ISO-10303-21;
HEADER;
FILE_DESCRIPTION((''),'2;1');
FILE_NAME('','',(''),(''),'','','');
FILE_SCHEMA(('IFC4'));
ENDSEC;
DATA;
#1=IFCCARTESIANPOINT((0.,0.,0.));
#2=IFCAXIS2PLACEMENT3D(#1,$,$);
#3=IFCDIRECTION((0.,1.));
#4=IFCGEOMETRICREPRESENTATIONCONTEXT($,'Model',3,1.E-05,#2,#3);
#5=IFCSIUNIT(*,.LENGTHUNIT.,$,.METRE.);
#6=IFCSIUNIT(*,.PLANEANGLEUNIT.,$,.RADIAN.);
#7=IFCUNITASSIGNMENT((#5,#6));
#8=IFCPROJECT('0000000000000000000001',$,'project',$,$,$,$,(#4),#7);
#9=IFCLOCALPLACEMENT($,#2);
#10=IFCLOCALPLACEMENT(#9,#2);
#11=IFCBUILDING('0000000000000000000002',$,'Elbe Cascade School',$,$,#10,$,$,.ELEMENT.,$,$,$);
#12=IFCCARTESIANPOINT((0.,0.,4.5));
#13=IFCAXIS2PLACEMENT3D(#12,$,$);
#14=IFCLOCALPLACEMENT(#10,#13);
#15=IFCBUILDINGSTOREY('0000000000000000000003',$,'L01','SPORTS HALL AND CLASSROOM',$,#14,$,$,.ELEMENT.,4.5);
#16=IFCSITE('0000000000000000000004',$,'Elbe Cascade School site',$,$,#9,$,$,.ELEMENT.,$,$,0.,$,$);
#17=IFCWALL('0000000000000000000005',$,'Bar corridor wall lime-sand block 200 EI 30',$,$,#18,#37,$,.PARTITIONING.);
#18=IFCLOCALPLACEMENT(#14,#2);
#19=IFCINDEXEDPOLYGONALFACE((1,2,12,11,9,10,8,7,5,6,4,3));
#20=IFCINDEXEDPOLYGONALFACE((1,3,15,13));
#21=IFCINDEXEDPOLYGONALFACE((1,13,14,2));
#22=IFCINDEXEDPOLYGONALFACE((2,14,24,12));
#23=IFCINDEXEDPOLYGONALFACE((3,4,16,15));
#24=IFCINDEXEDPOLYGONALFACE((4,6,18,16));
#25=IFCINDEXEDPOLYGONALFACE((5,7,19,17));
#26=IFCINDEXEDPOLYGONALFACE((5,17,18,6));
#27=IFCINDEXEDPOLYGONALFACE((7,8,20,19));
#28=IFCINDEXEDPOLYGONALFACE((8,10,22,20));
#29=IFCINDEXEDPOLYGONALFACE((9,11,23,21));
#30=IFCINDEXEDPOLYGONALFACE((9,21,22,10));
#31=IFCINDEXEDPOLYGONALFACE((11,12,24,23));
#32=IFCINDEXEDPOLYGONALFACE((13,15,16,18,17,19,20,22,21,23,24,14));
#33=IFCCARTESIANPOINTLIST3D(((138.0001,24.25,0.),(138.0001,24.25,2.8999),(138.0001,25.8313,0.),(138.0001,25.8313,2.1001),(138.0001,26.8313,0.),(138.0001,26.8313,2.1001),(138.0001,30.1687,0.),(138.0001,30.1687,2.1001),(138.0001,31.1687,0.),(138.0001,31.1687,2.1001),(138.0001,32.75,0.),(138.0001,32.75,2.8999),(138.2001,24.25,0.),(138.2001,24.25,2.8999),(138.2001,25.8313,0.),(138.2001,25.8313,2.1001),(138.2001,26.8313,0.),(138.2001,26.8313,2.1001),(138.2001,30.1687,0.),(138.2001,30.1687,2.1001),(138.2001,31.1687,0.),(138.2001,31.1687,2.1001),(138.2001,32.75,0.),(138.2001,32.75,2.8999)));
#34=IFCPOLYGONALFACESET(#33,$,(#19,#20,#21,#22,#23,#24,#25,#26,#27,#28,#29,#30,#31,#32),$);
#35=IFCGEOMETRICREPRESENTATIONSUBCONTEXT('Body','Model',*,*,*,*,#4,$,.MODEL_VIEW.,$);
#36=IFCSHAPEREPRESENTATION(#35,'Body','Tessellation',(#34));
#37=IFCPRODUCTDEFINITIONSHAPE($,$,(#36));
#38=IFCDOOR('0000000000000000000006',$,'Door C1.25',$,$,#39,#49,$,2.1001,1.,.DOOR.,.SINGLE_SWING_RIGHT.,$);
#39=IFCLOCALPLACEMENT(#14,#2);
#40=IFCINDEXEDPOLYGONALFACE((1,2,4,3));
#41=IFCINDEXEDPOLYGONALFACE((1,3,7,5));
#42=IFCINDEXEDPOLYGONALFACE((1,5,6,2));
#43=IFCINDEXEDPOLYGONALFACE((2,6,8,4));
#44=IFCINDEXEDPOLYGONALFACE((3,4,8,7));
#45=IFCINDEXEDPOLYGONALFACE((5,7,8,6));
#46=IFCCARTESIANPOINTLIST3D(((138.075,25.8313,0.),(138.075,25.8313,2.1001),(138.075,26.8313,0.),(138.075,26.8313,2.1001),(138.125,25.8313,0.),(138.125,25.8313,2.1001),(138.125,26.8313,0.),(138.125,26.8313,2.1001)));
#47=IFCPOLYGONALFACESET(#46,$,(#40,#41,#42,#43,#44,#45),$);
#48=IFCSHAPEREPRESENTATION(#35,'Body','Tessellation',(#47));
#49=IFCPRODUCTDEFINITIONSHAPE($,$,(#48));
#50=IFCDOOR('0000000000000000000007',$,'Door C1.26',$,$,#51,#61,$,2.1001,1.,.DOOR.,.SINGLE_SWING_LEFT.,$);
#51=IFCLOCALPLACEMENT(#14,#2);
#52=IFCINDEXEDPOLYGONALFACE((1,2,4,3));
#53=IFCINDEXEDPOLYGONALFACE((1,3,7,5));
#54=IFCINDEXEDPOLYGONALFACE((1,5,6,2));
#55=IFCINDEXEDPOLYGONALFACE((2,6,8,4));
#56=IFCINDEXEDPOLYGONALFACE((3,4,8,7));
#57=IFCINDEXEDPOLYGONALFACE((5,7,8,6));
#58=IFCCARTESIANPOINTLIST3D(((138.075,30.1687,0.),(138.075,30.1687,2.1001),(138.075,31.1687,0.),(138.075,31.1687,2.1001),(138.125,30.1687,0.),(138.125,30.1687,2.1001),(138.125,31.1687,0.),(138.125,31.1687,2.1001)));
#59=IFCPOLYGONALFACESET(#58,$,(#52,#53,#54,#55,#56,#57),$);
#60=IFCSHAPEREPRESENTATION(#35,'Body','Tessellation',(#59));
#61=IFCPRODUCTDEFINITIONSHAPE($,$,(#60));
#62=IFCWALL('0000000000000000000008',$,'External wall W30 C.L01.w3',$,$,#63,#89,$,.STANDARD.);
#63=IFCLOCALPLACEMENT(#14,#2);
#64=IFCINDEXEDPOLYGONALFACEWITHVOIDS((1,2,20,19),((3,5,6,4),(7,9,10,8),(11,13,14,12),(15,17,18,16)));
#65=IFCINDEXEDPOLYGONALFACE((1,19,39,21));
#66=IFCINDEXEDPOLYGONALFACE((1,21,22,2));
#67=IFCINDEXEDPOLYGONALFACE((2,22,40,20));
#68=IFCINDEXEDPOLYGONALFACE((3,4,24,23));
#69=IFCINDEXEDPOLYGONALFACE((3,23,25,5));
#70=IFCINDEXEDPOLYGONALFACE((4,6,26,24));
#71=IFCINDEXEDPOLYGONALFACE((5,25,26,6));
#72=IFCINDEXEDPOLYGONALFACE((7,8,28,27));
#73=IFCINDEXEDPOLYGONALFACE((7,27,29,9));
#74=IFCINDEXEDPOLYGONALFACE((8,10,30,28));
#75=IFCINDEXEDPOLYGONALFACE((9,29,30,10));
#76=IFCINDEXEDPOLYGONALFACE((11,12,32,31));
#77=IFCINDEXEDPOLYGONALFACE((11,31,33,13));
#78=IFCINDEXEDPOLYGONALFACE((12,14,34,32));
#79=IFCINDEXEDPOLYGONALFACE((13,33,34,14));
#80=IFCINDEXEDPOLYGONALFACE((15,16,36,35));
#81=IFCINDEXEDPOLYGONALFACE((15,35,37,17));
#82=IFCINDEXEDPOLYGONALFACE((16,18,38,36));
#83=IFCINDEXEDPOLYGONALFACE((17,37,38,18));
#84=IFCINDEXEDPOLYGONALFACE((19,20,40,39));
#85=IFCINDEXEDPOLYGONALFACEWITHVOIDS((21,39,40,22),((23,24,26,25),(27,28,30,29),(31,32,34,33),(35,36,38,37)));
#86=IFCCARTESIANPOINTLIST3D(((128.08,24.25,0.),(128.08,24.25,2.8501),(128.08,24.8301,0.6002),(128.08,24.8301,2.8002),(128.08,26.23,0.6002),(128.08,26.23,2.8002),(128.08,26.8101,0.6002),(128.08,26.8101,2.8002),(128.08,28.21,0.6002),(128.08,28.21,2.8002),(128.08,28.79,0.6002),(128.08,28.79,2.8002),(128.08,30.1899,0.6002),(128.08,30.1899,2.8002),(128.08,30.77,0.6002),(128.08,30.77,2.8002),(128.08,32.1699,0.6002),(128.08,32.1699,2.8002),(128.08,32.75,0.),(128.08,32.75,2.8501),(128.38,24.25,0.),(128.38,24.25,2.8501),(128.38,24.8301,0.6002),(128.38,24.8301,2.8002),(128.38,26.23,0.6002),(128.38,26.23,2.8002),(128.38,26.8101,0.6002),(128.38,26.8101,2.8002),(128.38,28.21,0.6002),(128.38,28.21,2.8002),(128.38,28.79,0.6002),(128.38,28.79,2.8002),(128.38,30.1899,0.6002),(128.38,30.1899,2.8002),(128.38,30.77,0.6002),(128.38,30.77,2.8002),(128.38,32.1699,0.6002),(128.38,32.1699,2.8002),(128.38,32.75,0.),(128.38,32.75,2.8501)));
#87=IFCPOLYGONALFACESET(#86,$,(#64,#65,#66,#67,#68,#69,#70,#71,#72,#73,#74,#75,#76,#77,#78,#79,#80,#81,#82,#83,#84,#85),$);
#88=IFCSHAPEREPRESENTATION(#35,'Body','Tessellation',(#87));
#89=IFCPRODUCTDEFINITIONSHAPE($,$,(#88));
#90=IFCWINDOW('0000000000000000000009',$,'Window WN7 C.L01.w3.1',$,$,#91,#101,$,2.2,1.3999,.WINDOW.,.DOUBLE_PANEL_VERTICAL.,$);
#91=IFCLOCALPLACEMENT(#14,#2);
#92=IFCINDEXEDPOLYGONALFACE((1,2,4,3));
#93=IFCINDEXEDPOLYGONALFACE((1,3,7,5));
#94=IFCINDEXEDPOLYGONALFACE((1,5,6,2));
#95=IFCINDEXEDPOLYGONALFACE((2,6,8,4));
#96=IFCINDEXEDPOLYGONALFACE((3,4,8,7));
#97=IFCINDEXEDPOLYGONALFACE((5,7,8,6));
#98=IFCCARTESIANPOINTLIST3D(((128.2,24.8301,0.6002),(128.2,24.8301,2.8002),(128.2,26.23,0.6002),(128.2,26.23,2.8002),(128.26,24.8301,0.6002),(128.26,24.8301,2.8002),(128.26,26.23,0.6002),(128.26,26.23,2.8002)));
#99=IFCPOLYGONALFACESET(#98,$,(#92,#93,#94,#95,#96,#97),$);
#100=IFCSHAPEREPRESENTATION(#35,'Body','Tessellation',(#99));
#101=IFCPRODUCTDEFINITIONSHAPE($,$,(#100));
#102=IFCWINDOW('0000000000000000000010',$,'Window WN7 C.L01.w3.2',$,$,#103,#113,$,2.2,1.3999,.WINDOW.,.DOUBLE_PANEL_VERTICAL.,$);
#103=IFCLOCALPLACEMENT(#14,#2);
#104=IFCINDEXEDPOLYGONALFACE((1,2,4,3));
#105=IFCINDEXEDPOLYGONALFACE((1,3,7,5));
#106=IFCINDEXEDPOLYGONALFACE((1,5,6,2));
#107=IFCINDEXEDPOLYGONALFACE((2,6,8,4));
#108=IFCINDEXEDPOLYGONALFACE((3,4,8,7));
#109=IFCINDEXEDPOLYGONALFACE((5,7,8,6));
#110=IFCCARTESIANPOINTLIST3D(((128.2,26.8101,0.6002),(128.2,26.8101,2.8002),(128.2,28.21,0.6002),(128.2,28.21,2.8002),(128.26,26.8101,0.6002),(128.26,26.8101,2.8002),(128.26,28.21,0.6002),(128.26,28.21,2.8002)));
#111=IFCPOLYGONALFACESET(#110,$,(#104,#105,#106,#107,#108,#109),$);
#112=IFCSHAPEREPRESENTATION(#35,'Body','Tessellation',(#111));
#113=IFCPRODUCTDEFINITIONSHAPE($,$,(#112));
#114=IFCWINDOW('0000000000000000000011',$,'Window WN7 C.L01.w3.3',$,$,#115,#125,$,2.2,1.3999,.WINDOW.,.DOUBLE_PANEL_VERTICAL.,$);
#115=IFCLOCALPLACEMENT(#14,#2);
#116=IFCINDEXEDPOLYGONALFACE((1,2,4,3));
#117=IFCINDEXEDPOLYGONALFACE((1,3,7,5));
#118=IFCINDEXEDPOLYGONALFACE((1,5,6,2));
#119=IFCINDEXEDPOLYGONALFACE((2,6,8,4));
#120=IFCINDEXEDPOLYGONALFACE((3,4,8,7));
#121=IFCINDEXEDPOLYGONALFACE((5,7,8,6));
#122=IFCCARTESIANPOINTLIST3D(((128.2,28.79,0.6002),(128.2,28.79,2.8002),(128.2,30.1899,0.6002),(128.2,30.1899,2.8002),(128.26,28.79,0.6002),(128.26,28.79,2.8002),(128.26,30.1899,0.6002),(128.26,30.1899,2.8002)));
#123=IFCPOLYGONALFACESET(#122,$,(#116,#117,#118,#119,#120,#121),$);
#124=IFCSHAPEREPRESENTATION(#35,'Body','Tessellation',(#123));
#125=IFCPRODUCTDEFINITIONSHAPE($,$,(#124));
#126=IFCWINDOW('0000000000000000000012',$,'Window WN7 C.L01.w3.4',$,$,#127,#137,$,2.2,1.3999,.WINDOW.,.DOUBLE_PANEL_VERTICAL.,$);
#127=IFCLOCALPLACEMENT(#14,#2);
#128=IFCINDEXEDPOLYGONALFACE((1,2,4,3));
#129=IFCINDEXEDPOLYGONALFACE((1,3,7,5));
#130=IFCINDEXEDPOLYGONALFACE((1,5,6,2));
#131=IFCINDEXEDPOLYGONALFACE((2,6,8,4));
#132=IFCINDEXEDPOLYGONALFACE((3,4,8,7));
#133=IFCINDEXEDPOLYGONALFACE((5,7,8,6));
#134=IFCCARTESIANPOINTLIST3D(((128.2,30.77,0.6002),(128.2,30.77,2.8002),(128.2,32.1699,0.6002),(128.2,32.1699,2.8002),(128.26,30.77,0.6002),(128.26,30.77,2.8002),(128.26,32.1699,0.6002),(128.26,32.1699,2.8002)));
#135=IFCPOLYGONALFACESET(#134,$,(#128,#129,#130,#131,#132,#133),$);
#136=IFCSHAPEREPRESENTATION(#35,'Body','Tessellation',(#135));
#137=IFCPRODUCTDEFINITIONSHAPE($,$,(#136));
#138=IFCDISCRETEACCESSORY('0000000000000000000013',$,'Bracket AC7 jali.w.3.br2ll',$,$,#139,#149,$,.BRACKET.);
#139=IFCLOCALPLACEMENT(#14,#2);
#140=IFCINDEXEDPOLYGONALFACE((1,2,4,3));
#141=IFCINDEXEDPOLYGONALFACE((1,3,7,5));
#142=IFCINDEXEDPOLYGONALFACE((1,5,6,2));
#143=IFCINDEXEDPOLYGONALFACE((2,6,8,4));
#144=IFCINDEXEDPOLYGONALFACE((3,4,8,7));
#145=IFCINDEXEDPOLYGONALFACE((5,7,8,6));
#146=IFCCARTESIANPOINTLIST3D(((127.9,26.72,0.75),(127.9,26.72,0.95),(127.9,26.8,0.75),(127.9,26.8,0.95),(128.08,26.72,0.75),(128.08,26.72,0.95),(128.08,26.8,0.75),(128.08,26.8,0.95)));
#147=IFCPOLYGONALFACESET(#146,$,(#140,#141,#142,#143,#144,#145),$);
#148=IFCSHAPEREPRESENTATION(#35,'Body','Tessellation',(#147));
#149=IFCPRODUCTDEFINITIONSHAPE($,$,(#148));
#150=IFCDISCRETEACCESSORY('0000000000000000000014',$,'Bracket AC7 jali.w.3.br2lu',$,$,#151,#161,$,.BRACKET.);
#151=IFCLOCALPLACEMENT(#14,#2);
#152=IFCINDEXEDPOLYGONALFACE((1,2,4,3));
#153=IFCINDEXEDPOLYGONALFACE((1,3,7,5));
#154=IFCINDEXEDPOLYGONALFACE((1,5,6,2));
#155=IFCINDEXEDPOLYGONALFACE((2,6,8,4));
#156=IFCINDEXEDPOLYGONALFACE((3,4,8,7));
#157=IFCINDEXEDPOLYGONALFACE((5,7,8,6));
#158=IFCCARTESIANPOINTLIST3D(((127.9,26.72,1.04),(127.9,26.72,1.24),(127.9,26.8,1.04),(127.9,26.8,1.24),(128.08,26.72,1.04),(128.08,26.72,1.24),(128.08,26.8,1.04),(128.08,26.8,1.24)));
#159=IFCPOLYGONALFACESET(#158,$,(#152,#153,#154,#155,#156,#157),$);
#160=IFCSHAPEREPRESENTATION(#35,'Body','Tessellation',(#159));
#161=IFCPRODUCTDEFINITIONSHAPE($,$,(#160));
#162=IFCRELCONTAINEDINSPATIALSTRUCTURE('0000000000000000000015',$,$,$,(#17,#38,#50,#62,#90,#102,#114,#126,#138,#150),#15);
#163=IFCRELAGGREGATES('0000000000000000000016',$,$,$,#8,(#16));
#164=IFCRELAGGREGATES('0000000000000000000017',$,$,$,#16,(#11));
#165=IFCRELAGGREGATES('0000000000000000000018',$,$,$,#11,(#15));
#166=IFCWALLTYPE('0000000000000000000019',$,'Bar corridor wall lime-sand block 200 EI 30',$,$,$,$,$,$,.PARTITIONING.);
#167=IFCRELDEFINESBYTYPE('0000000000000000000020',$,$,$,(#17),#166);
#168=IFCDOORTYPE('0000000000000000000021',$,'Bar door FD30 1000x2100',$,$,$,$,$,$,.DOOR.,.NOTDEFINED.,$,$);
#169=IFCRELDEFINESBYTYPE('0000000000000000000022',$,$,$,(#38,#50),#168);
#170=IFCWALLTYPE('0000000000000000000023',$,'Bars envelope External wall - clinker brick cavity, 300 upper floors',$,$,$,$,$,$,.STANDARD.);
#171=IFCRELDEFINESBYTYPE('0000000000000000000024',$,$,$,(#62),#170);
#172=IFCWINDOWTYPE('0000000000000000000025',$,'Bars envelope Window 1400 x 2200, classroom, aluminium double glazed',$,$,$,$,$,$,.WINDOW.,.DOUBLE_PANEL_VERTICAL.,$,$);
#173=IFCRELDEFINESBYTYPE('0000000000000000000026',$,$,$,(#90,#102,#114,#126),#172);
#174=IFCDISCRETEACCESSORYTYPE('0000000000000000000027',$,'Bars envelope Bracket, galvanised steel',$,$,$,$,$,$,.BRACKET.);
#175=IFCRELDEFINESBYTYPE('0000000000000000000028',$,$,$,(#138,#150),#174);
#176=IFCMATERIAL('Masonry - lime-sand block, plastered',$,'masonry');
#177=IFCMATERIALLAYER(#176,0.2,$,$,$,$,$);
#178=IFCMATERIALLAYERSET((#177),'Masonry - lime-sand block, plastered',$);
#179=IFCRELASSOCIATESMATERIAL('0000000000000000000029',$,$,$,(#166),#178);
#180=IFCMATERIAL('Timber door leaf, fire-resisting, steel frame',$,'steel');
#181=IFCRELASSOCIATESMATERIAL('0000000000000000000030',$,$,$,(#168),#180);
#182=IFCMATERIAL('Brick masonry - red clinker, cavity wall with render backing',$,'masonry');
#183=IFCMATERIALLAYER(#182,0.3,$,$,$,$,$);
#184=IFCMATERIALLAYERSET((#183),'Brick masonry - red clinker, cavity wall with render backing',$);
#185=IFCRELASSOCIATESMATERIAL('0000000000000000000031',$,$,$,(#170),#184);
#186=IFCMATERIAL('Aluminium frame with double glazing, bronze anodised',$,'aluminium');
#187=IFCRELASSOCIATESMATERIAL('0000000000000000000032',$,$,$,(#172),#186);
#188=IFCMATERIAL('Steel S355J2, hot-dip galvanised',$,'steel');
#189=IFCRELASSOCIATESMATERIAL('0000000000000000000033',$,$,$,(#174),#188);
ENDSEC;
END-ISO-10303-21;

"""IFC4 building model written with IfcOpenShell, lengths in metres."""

from ifc_helpers import new_model, si_unit, direction, frame, frame_2d, origin, origin_2d, place, context, subcontext, project, spatial, rectangle, extrude, material, layer, layer_set, type_object, element, fill, save


model = new_model("IFC4")

# Units and contexts
model_context = context("Model", 3, precision=1e-05, world=origin(), true_north=direction((0.0, 1.0)))
body_context = subcontext(model_context, "Body", "Model", "MODEL_VIEW")
ifc_project = project(units=[si_unit("LENGTHUNIT", "METRE"), si_unit("PLANEANGLEUNIT", "RADIAN")], contexts=[model_context])

# Site, building, storey
site_placement = place(None, origin())
site = spatial("IfcSite", under=ifc_project, at=site_placement, Name="Elbe Cascade School site", CompositionType="ELEMENT", RefElevation=0.0)
building_placement = place(site_placement, origin())
building = spatial("IfcBuilding", under=site, at=building_placement, Name="Elbe Cascade School", CompositionType="ELEMENT")
storey_placement = place(building_placement, frame((0.0, 0.0, 4.5)))
storey = spatial("IfcBuildingStorey", under=building, at=storey_placement, Name="L01", Description="SPORTS HALL AND CLASSROOM", CompositionType="ELEMENT", Elevation=4.5)

# Shared definitions
ifc_material_1 = material(Name="Masonry - lime-sand block, plastered", Category="masonry")
ifc_layer_1 = layer(ifc_material_1, 0.2)
ifc_layer_set_1 = layer_set([ifc_layer_1], Name="Masonry - lime-sand block, plastered")
wall_type_1 = type_object("IfcWallType", Name="Bar corridor wall lime-sand block 200 EI 30", PredefinedType="PARTITIONING", material=ifc_layer_set_1)
ifc_material_2 = material(Name="Timber door leaf, fire-resisting, steel frame", Category="steel")
door_type = type_object("IfcDoorType", Name="Bar door FD30 1000x2100", OperationType="NOTDEFINED", PredefinedType="DOOR", material=ifc_material_2)

# Wall, openings, doors
wall_1_placement = place(storey_placement, frame((138.1001, 32.75, 0.0), z_axis=(0.0, 0.0, 1.0), x_axis=(0.0, -1.0, 0.0)))
wall_1 = element("IfcWall", 1, at=wall_1_placement, inside=storey, type_object=wall_type_1, Name="Bar corridor wall lime-sand block 200 EI 30", PredefinedType="PARTITIONING", context=body_context, shape_type="SweptSolid", body=[
    extrude(rectangle(XDim=8.5, YDim=0.2, at=frame_2d((4.25, 0.0))), origin(), (0.0, 0.0, 1.0), 2.8999),
])
opening_1_placement = place(wall_1_placement, frame((5.9187, 0.0, 0.0)))
opening_1 = element("IfcOpeningElement", 2, at=opening_1_placement, cuts=wall_1, PredefinedType="OPENING", context=body_context, shape_type="SweptSolid", body=[
    extrude(rectangle(XDim=1.0, YDim=2.1001, at=frame_2d((0.5, 1.05))), frame((0.0, 0.1099, 0.0), z_axis=(0.0, -1.0, 0.0), x_axis=(1.0, 0.0, 0.0)), (0.0, 0.0, 1.0), 0.22),
])
opening_2_placement = place(wall_1_placement, frame((1.5813, 0.0, 0.0)))
opening_2 = element("IfcOpeningElement", 3, at=opening_2_placement, cuts=wall_1, PredefinedType="OPENING", context=body_context, shape_type="SweptSolid", body=[
    extrude(rectangle(XDim=1.0, YDim=2.1001, at=frame_2d((0.5, 1.05))), frame((0.0, 0.1099, 0.0), z_axis=(0.0, -1.0, 0.0), x_axis=(1.0, 0.0, 0.0)), (0.0, 0.0, 1.0), 0.22),
])
door_1_placement = place(opening_1_placement, origin())
door_1 = element("IfcDoor", 4, at=door_1_placement, inside=storey, type_object=door_type, Name="Door C1.25", OperationType="SINGLE_SWING_RIGHT", OverallHeight=2.1001, OverallWidth=1.0, PredefinedType="DOOR", context=body_context, shape_type="SweptSolid", body=[
    extrude(rectangle(XDim=1.0, YDim=2.1001, at=frame_2d((0.5, 1.05))), frame((0.0, 0.0249, 0.0), z_axis=(0.0, -1.0, 0.0), x_axis=(1.0, 0.0, 0.0)), (0.0, 0.0, 1.0), 0.05),
])
fill(opening_1, door_1)
door_2_placement = place(opening_2_placement, origin())
door_2 = element("IfcDoor", 5, at=door_2_placement, inside=storey, type_object=door_type, Name="Door C1.26", OperationType="SINGLE_SWING_LEFT", OverallHeight=2.1001, OverallWidth=1.0, PredefinedType="DOOR", context=body_context, shape_type="SweptSolid", body=[
    extrude(rectangle(XDim=1.0, YDim=2.1001, at=frame_2d((0.5, 1.05))), frame((0.0, 0.0249, 0.0), z_axis=(0.0, -1.0, 0.0), x_axis=(1.0, 0.0, 0.0)), (0.0, 0.0, 1.0), 0.05),
])
fill(opening_2, door_2)

# Wall, openings, windows
ifc_material_3 = material(Name="Brick masonry - red clinker, cavity wall with render backing", Category="masonry")
ifc_layer_2 = layer(ifc_material_3, 0.3)
ifc_layer_set_2 = layer_set([ifc_layer_2], Name="Brick masonry - red clinker, cavity wall with render backing")
wall_type_2 = type_object("IfcWallType", Name="Bars envelope External wall - clinker brick cavity, 300 upper floors", PredefinedType="STANDARD", material=ifc_layer_set_2)
wall_2_placement = place(storey_placement, frame((128.23, 24.25, 0.0), z_axis=(0.0, 0.0, 1.0), x_axis=(0.0, 1.0, 0.0)))
wall_2 = element("IfcWall", 6, at=wall_2_placement, inside=storey, type_object=wall_type_2, Name="External wall W30 C.L01.w3", PredefinedType="STANDARD", context=body_context, shape_type="SweptSolid", body=[
    extrude(rectangle(XDim=8.5, YDim=0.3, at=frame_2d((4.25, 0.0))), origin(), (0.0, 0.0, 1.0), 2.8501),
])
opening_3_placement = place(wall_2_placement, frame((0.5801, 0.0, 0.6001)))
opening_3 = element("IfcOpeningElement", 7, at=opening_3_placement, cuts=wall_2, PredefinedType="OPENING", context=body_context, shape_type="SweptSolid", body=[
    extrude(rectangle(XDim=1.3999, YDim=2.2, at=frame_2d((0.7, 1.1001))), frame((0.0, 0.1599, 0.0), z_axis=(0.0, -1.0, 0.0), x_axis=(1.0, 0.0, 0.0)), (0.0, 0.0, 1.0), 0.3201),
])
opening_4_placement = place(wall_2_placement, frame((2.5601, 0.0, 0.6001)))
opening_4 = element("IfcOpeningElement", 8, at=opening_4_placement, cuts=wall_2, PredefinedType="OPENING", context=body_context, shape_type="SweptSolid", body=[
    extrude(rectangle(XDim=1.3999, YDim=2.2, at=frame_2d((0.7, 1.1001))), frame((0.0, 0.1599, 0.0), z_axis=(0.0, -1.0, 0.0), x_axis=(1.0, 0.0, 0.0)), (0.0, 0.0, 1.0), 0.3201),
])
opening_5_placement = place(wall_2_placement, frame((4.54, 0.0, 0.6001)))
opening_5 = element("IfcOpeningElement", 9, at=opening_5_placement, cuts=wall_2, PredefinedType="OPENING", context=body_context, shape_type="SweptSolid", body=[
    extrude(rectangle(XDim=1.3999, YDim=2.2, at=frame_2d((0.7, 1.1001))), frame((0.0, 0.1599, 0.0), z_axis=(0.0, -1.0, 0.0), x_axis=(1.0, 0.0, 0.0)), (0.0, 0.0, 1.0), 0.3201),
])
opening_6_placement = place(wall_2_placement, frame((6.52, 0.0, 0.6001)))
opening_6 = element("IfcOpeningElement", 10, at=opening_6_placement, cuts=wall_2, PredefinedType="OPENING", context=body_context, shape_type="SweptSolid", body=[
    extrude(rectangle(XDim=1.3999, YDim=2.2, at=frame_2d((0.7, 1.1001))), frame((0.0, 0.1599, 0.0), z_axis=(0.0, -1.0, 0.0), x_axis=(1.0, 0.0, 0.0)), (0.0, 0.0, 1.0), 0.3201),
])
ifc_material_4 = material(Name="Aluminium frame with double glazing, bronze anodised", Category="aluminium")
window_type = type_object("IfcWindowType", Name="Bars envelope Window 1400 x 2200, classroom, aluminium double glazed", PartitioningType="DOUBLE_PANEL_VERTICAL", PredefinedType="WINDOW", material=ifc_material_4)
window_1_placement = place(opening_3_placement, origin())
window_1 = element("IfcWindow", 11, at=window_1_placement, inside=storey, type_object=window_type, Name="Window WN7 C.L01.w3.1", OverallHeight=2.2, OverallWidth=1.3999, PartitioningType="DOUBLE_PANEL_VERTICAL", PredefinedType="WINDOW", context=body_context, shape_type="SweptSolid", body=[
    extrude(rectangle(XDim=1.3999, YDim=2.2, at=frame_2d((0.7, 1.1001))), frame((0.0, 0.03, 0.0), z_axis=(0.0, -1.0, 0.0), x_axis=(1.0, 0.0, 0.0)), (0.0, 0.0, 1.0), 0.0601),
])
fill(opening_3, window_1)
window_2_placement = place(opening_4_placement, origin())
window_2 = element("IfcWindow", 12, at=window_2_placement, inside=storey, type_object=window_type, Name="Window WN7 C.L01.w3.2", OverallHeight=2.2, OverallWidth=1.3999, PartitioningType="DOUBLE_PANEL_VERTICAL", PredefinedType="WINDOW", context=body_context, shape_type="SweptSolid", body=[
    extrude(rectangle(XDim=1.3999, YDim=2.2, at=frame_2d((0.7, 1.1001))), frame((0.0, 0.03, 0.0), z_axis=(0.0, -1.0, 0.0), x_axis=(1.0, 0.0, 0.0)), (0.0, 0.0, 1.0), 0.0601),
])
fill(opening_4, window_2)
window_3_placement = place(opening_5_placement, origin())
window_3 = element("IfcWindow", 13, at=window_3_placement, inside=storey, type_object=window_type, Name="Window WN7 C.L01.w3.3", OverallHeight=2.2, OverallWidth=1.3999, PartitioningType="DOUBLE_PANEL_VERTICAL", PredefinedType="WINDOW", context=body_context, shape_type="SweptSolid", body=[
    extrude(rectangle(XDim=1.3999, YDim=2.2, at=frame_2d((0.7, 1.1001))), frame((0.0, 0.03, 0.0), z_axis=(0.0, -1.0, 0.0), x_axis=(1.0, 0.0, 0.0)), (0.0, 0.0, 1.0), 0.0601),
])
fill(opening_5, window_3)
window_4_placement = place(opening_6_placement, origin())
window_4 = element("IfcWindow", 14, at=window_4_placement, inside=storey, type_object=window_type, Name="Window WN7 C.L01.w3.4", OverallHeight=2.2, OverallWidth=1.3999, PartitioningType="DOUBLE_PANEL_VERTICAL", PredefinedType="WINDOW", context=body_context, shape_type="SweptSolid", body=[
    extrude(rectangle(XDim=1.3999, YDim=2.2, at=frame_2d((0.7, 1.1001))), frame((0.0, 0.03, 0.0), z_axis=(0.0, -1.0, 0.0), x_axis=(1.0, 0.0, 0.0)), (0.0, 0.0, 1.0), 0.0601),
])
fill(opening_6, window_4)

# Discrete accessories
ifc_material_5 = material(Name="Steel S355J2, hot-dip galvanised", Category="steel")
discrete_accessory_type = type_object("IfcDiscreteAccessoryType", Name="Bars envelope Bracket, galvanised steel", PredefinedType="BRACKET", material=ifc_material_5)
for number, where, z_axis, x_axis, name in (
    (15, (127.99, 26.76, 0.75), (0.0, 0.0, 1.0), (0.0, 1.0, 0.0), "Bracket AC7 jali.w.3.br2ll"),
    (16, (127.99, 26.76, 1.04), (0.0, 0.0, 1.0), (0.0, 1.0, 0.0), "Bracket AC7 jali.w.3.br2lu"),
):
    element("IfcDiscreteAccessory", number, at=place(storey_placement, frame(where, z_axis=z_axis, x_axis=x_axis)), inside=storey, type_object=discrete_accessory_type, Name=name, PredefinedType="BRACKET", context=body_context, shape_type="SweptSolid", body=[
        extrude(rectangle(XDim=0.0801, YDim=0.1799, at=origin_2d()), origin(), (0.0, 0.0, 1.0), 0.2),
    ])

save(model, "model.ifc")
